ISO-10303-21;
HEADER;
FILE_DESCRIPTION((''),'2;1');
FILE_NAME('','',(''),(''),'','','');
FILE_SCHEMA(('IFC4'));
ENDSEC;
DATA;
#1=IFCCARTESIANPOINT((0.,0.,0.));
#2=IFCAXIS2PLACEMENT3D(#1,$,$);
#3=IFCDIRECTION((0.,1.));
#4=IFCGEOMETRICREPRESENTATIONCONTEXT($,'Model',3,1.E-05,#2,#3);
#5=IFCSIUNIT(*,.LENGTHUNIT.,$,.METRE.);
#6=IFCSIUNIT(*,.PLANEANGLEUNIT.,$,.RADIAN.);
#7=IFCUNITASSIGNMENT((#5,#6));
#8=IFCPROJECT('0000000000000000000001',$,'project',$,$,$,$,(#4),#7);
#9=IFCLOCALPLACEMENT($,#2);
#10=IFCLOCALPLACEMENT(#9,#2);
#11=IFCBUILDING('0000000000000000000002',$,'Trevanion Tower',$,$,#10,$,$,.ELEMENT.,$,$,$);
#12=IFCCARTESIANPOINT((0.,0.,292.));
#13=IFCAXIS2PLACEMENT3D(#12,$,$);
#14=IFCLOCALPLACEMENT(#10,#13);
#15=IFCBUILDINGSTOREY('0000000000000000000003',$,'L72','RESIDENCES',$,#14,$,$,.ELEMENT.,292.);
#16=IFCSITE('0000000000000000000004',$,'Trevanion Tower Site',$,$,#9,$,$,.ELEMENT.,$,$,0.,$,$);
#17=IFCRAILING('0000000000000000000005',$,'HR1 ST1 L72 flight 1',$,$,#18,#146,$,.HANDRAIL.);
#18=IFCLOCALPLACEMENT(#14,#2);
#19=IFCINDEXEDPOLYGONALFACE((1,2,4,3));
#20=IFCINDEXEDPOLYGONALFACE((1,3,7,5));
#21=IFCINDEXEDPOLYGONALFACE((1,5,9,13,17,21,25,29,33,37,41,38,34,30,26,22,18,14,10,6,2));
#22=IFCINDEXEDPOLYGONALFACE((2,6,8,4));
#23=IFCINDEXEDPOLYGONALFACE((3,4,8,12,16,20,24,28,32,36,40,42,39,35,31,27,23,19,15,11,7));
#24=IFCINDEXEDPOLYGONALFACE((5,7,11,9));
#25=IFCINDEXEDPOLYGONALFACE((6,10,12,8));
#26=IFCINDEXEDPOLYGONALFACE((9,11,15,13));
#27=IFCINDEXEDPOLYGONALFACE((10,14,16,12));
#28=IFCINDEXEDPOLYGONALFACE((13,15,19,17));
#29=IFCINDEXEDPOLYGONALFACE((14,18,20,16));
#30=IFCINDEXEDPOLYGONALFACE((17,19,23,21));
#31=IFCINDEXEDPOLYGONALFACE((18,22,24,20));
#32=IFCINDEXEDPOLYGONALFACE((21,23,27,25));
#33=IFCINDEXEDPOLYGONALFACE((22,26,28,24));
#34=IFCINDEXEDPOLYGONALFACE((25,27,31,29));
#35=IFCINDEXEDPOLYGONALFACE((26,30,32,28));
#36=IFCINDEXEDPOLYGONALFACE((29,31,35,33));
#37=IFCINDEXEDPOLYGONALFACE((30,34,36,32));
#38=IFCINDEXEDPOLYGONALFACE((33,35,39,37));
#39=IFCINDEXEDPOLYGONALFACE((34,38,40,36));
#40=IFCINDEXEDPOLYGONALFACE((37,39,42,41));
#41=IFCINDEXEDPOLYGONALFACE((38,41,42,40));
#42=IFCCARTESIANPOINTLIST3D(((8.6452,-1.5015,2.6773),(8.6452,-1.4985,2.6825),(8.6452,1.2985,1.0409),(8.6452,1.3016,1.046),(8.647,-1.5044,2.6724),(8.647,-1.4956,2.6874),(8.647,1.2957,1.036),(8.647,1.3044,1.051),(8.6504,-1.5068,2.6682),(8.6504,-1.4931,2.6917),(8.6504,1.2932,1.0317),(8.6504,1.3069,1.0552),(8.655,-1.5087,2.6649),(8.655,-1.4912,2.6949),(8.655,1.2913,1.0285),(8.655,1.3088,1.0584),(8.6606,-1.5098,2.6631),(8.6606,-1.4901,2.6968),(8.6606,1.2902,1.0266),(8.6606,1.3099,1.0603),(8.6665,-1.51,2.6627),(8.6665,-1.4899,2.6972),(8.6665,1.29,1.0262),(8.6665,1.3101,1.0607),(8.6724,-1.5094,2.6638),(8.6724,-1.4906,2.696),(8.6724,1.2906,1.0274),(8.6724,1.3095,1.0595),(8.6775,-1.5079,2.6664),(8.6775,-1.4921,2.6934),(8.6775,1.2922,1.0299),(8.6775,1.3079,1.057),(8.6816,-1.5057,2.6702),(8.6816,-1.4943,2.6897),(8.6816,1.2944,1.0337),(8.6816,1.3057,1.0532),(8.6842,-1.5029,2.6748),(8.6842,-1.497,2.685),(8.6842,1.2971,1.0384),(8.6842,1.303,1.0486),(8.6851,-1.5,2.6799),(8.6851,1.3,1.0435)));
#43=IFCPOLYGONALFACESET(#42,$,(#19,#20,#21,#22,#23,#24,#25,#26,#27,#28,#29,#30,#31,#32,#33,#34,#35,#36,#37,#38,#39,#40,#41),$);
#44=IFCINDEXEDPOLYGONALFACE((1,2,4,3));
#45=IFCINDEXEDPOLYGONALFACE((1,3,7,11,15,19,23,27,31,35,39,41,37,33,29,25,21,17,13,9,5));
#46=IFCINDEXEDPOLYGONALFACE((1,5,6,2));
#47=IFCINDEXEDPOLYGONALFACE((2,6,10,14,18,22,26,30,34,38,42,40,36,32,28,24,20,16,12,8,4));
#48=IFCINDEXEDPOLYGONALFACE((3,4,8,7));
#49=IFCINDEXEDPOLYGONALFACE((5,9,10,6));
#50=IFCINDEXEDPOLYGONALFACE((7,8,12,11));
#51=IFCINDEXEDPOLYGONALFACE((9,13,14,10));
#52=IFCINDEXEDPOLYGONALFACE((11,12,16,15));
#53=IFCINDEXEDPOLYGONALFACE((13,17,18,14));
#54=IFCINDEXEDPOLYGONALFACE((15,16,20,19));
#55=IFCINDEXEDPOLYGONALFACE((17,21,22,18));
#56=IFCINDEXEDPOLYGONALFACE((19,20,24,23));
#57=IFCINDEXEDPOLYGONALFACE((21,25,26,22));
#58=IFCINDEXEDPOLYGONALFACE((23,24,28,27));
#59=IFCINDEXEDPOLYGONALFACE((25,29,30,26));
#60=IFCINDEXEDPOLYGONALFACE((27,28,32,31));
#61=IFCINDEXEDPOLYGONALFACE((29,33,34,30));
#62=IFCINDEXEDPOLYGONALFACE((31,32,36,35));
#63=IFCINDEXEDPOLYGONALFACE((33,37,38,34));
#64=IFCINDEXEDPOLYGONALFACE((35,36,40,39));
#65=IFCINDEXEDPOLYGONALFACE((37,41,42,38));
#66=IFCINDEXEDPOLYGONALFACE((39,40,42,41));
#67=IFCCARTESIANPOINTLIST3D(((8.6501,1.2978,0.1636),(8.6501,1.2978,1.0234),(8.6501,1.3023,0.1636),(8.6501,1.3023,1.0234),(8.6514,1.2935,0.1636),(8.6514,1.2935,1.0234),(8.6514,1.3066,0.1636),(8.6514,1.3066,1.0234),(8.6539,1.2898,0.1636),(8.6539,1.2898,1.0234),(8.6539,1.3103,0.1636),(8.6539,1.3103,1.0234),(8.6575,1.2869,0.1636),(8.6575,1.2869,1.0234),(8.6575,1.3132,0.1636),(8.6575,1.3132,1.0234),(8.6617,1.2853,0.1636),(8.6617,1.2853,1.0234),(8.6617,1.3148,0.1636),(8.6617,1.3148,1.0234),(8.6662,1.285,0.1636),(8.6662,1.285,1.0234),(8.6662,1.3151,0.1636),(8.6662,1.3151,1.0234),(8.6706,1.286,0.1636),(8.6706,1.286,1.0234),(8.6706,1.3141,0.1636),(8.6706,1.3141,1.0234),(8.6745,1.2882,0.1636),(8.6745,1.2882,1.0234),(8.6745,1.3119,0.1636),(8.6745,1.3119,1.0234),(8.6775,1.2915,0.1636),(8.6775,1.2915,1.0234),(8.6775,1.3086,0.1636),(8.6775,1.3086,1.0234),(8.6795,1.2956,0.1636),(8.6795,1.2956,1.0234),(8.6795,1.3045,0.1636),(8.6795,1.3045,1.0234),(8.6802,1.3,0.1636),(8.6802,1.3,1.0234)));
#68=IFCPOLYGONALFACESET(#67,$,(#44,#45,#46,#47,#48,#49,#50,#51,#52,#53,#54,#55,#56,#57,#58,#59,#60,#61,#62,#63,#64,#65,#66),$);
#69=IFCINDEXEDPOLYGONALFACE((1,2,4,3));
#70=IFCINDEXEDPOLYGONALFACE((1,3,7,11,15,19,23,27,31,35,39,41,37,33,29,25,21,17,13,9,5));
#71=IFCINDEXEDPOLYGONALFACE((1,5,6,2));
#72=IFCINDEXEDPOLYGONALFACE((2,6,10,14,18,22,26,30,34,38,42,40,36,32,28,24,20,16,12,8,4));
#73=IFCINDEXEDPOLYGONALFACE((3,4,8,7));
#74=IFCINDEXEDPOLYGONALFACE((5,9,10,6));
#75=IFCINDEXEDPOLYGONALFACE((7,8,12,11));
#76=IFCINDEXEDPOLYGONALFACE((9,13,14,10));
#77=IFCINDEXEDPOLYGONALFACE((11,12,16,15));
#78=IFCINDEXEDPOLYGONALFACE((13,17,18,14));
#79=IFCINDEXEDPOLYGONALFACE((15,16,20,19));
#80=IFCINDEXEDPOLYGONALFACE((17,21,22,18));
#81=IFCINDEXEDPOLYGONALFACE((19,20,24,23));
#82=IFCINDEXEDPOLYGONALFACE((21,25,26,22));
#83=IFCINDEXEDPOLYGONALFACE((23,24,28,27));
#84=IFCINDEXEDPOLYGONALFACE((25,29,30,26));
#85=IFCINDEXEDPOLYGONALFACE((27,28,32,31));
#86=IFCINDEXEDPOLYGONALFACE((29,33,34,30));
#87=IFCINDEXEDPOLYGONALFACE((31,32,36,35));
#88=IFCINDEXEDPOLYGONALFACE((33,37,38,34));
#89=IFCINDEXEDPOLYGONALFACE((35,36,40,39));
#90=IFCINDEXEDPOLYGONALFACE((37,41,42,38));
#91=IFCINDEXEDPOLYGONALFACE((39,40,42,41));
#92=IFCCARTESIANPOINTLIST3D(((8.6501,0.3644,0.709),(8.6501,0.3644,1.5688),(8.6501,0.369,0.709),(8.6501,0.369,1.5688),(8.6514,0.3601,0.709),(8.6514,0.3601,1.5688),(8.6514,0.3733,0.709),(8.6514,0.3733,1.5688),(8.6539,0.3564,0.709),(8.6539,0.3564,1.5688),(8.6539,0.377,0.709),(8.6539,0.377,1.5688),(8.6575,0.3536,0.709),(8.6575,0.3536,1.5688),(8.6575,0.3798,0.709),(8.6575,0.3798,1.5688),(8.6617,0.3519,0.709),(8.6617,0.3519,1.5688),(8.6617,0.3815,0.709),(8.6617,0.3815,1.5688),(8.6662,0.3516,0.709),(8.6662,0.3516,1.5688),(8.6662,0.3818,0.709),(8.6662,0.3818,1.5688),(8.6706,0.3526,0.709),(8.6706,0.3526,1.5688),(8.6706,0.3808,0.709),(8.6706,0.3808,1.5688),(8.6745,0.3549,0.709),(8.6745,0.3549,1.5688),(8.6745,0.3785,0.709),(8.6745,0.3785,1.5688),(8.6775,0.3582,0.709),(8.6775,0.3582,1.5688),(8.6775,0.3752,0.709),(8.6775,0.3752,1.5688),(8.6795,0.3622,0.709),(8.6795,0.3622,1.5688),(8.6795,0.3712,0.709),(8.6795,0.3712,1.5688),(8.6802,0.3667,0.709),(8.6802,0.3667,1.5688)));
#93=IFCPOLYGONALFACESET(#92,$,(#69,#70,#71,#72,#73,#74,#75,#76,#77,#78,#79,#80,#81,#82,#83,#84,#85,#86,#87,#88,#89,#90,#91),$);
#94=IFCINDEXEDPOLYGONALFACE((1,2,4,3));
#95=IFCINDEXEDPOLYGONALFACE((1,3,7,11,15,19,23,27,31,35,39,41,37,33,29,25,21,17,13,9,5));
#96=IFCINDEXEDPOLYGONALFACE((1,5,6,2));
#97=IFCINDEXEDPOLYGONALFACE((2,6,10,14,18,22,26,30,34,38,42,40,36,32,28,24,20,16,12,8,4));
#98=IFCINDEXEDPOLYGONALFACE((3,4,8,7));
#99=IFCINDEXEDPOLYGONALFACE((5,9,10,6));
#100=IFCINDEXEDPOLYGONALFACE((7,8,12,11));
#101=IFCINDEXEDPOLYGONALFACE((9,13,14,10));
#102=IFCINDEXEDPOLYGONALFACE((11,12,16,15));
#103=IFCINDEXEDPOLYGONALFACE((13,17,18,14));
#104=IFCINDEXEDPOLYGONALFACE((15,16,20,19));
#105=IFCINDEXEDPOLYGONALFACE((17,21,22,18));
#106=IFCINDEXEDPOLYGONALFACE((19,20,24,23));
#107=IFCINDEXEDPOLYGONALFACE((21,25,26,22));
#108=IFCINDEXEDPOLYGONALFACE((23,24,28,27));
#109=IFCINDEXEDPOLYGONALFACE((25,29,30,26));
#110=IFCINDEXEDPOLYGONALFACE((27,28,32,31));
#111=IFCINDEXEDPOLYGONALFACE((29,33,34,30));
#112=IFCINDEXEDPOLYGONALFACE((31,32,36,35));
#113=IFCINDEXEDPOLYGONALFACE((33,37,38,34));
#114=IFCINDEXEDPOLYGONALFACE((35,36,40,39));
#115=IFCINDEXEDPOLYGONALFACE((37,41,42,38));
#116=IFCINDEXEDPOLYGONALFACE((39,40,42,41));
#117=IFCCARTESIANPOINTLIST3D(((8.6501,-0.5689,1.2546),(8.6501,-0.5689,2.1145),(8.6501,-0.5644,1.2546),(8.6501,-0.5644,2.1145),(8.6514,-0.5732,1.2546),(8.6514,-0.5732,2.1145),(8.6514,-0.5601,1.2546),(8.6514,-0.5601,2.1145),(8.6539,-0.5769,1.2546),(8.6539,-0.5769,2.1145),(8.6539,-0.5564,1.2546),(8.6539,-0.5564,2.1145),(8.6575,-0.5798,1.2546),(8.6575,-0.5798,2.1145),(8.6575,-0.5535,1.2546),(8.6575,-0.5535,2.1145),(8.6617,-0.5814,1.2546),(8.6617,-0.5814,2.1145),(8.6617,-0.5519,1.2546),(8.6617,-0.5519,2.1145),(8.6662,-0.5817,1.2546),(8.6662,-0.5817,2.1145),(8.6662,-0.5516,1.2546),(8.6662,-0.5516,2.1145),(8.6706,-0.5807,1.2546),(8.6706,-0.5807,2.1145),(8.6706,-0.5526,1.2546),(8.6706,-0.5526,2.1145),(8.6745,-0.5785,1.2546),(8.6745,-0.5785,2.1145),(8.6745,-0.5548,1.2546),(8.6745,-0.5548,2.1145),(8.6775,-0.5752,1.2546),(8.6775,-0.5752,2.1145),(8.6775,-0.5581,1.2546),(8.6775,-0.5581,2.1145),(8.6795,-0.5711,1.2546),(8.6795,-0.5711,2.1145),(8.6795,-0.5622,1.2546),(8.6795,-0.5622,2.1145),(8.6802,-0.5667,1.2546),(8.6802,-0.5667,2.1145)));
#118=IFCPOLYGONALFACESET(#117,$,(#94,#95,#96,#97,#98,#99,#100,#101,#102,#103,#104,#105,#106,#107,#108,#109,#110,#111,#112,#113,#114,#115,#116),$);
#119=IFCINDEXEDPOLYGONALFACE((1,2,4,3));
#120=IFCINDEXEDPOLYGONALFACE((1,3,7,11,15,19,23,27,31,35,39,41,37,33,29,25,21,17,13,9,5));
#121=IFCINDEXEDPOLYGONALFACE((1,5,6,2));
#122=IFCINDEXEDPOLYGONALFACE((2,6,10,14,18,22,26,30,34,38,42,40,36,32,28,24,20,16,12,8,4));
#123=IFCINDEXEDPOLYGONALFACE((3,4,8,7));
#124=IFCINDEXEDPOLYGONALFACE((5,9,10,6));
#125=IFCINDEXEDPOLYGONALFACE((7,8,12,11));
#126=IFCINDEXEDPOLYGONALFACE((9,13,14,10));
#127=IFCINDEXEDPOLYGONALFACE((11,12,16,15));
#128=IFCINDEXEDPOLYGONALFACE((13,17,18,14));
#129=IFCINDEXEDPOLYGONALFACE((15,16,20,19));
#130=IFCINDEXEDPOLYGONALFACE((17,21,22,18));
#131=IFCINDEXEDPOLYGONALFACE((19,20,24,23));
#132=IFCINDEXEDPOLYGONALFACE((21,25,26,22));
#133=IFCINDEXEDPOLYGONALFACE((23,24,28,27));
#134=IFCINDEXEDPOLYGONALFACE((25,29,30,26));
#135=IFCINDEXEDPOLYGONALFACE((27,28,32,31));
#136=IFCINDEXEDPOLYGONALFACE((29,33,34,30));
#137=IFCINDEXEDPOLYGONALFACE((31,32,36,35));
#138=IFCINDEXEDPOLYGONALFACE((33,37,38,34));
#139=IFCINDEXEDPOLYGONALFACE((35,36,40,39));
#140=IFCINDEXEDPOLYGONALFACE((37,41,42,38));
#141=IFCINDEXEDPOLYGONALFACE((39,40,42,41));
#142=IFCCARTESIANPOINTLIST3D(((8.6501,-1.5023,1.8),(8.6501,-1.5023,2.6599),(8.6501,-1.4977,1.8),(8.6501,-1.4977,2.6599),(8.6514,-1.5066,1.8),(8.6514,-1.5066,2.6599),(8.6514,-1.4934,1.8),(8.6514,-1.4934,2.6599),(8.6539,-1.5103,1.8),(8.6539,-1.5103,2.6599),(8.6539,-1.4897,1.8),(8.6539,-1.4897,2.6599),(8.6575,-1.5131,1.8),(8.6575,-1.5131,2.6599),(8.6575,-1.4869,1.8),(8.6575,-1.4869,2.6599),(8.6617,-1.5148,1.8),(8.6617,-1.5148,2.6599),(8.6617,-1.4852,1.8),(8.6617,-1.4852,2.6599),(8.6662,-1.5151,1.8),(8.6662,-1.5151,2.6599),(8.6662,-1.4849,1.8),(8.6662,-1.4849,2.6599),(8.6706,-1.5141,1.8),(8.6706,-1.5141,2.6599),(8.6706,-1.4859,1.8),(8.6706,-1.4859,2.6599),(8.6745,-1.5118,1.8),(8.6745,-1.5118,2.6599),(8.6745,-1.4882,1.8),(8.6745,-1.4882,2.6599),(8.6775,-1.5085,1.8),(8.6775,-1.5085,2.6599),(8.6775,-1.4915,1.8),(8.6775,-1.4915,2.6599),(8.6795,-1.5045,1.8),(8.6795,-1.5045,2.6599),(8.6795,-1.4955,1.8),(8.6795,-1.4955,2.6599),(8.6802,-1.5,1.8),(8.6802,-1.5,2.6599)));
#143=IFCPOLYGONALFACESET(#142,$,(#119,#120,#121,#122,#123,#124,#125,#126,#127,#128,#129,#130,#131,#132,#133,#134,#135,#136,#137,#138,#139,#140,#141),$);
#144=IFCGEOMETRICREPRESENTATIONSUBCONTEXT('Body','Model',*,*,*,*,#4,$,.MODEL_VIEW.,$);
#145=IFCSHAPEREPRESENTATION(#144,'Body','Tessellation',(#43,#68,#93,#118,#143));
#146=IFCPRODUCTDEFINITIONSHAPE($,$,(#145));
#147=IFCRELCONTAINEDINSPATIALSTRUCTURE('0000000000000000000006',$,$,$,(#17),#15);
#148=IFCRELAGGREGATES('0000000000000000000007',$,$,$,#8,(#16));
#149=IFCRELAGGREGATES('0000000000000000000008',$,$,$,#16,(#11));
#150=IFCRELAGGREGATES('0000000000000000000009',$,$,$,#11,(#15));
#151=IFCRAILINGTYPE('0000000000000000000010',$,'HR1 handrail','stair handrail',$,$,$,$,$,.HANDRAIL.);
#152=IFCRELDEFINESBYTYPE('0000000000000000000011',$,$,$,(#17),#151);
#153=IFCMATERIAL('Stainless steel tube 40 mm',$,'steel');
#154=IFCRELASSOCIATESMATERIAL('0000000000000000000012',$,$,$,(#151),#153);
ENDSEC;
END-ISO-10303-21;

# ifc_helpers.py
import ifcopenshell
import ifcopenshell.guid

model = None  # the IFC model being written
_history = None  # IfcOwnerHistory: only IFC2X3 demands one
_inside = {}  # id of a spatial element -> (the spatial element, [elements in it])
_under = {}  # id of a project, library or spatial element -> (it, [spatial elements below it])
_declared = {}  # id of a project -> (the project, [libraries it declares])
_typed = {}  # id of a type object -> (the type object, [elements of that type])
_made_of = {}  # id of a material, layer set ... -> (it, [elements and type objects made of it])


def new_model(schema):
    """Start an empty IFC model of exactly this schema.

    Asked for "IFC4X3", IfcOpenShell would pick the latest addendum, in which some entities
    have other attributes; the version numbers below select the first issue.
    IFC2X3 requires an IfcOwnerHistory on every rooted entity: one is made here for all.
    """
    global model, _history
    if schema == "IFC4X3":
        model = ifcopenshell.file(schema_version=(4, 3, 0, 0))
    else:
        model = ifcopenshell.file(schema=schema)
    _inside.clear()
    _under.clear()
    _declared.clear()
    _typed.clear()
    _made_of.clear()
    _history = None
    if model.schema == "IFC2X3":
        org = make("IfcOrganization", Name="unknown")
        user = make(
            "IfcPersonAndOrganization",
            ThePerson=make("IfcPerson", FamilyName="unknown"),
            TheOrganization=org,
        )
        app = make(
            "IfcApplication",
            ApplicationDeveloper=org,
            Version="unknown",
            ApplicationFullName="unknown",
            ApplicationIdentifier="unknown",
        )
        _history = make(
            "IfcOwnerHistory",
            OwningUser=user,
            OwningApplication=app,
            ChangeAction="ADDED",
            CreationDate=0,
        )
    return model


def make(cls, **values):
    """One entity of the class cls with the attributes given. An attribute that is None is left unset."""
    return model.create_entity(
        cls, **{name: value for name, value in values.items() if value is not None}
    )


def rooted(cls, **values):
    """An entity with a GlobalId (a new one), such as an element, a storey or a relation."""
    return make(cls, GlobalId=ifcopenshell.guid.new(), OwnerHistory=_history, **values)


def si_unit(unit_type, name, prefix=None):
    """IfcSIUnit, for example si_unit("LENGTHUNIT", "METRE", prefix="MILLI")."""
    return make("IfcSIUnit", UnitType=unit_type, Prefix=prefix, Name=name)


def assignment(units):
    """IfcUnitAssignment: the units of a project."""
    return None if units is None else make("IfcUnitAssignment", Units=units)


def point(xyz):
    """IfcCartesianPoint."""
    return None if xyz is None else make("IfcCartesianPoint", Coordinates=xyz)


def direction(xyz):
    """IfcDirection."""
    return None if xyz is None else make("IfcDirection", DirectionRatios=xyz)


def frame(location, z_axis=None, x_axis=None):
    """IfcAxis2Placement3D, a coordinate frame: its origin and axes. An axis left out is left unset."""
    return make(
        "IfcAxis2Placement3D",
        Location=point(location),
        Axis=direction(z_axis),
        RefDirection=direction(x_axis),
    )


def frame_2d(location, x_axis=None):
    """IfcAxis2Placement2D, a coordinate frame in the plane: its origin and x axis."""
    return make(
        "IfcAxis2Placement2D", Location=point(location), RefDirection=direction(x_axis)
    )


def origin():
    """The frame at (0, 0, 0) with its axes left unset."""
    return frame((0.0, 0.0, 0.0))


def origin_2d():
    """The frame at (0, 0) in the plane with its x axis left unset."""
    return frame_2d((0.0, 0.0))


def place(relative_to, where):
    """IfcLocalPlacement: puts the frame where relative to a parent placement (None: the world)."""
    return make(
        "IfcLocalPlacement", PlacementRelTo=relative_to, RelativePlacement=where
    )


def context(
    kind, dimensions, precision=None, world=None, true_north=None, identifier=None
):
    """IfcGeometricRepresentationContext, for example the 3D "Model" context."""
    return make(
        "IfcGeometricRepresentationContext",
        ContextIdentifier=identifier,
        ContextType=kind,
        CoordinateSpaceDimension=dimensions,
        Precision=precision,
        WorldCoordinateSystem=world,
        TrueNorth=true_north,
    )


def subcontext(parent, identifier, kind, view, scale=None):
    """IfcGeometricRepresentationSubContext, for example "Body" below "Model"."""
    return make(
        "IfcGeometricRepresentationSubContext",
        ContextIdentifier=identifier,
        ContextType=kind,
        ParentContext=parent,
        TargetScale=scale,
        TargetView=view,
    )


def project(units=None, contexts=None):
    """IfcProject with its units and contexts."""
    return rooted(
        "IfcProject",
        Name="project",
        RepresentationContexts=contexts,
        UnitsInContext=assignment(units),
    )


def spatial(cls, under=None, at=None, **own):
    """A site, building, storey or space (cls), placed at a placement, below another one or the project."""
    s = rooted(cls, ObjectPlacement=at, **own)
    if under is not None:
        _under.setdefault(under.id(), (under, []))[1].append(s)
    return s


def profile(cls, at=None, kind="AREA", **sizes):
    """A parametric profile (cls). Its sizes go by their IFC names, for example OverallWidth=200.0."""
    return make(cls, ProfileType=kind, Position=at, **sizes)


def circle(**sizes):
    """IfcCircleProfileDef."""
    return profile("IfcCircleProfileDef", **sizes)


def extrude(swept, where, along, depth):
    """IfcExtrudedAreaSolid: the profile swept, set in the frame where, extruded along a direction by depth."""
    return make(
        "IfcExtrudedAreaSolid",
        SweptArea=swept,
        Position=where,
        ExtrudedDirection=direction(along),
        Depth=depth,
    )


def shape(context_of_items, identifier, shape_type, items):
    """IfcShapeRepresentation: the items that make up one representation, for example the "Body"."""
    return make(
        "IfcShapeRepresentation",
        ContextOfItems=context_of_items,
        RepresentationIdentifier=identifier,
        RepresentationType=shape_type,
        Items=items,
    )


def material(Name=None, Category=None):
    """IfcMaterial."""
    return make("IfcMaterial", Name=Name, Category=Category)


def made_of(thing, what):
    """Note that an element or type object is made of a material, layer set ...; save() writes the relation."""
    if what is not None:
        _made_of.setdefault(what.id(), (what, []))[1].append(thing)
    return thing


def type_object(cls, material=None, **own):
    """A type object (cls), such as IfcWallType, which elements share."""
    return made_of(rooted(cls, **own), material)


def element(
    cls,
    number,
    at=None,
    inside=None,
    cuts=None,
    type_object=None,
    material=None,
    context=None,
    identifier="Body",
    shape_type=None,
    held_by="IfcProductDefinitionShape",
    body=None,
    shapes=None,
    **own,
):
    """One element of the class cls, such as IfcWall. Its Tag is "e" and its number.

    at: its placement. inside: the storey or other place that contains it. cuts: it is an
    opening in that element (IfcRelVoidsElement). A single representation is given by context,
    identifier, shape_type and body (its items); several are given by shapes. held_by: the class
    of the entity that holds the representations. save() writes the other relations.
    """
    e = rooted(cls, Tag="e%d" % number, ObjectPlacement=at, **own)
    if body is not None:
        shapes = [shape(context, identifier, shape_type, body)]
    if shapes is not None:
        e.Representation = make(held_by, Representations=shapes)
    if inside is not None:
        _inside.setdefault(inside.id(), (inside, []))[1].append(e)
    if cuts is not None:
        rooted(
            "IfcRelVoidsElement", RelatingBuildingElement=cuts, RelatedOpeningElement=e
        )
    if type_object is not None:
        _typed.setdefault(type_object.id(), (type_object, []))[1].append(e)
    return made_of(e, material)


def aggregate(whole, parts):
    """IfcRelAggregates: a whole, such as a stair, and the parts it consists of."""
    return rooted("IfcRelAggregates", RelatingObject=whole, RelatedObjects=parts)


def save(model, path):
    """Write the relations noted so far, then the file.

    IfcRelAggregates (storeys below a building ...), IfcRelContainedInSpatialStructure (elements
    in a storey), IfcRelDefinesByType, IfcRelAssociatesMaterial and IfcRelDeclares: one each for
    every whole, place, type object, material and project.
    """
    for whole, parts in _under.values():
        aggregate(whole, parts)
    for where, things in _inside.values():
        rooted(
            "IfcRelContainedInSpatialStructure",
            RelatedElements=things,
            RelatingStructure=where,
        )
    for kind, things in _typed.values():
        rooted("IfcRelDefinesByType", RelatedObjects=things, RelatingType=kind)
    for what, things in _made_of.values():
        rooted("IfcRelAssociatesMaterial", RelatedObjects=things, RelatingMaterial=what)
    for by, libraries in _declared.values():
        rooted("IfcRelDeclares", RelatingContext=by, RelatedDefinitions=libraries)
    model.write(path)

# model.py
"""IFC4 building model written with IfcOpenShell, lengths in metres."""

from ifc_helpers import new_model, si_unit, direction, frame, origin, origin_2d, place, context, subcontext, project, spatial, circle, extrude, material, type_object, element, save


model = new_model("IFC4")

# Units and contexts
model_context = context("Model", 3, precision=1e-05, world=origin(), true_north=direction((0.0, 1.0)))
body_context = subcontext(model_context, "Body", "Model", "MODEL_VIEW")
ifc_project = project(units=[si_unit("LENGTHUNIT", "METRE"), si_unit("PLANEANGLEUNIT", "RADIAN")], contexts=[model_context])

# Site, building, storey
site_placement = place(None, origin())
site = spatial("IfcSite", under=ifc_project, at=site_placement, Name="Trevanion Tower Site", CompositionType="ELEMENT", RefElevation=0.0)
building_placement = place(site_placement, origin())
building = spatial("IfcBuilding", under=site, at=building_placement, Name="Trevanion Tower", CompositionType="ELEMENT")
storey_placement = place(building_placement, frame((0.0, 0.0, 292.0)))
storey = spatial("IfcBuildingStorey", under=building, at=storey_placement, Name="L72", Description="RESIDENCES", CompositionType="ELEMENT", Elevation=292.0)

# Railing
ifc_material_1 = material(Name="Stainless steel tube 40 mm", Category="steel")
railing_type = type_object("IfcRailingType", Name="HR1 handrail", Description="stair handrail", PredefinedType="HANDRAIL", material=ifc_material_1)
for number, where, name in (
    (1, (8.665, 1.3, 0.1636), "HR1 ST1 L72 flight 1"),
):
    element("IfcRailing", number, at=place(storey_placement, frame(where)), inside=storey, type_object=railing_type, Name=name, PredefinedType="HANDRAIL", context=body_context, shape_type="SweptSolid", body=[
        extrude(circle(Radius=0.02, at=origin_2d()), frame((0.0, 0.0, 0.8799), z_axis=(0.0, -0.863361, 0.504587), x_axis=(1.0, 0.0, 0.0)), (0.0, 0.0, 1.0), 3.2432),
        extrude(circle(Radius=0.0151, at=origin_2d()), origin(), (0.0, 0.0, 1.0), 0.8599),
        extrude(circle(Radius=0.0151, at=origin_2d()), frame((0.0, -0.9333, 0.5454)), (0.0, 0.0, 1.0), 0.8599),
        extrude(circle(Radius=0.0151, at=origin_2d()), frame((0.0, -1.8667, 1.0911)), (0.0, 0.0, 1.0), 0.8599),
        extrude(circle(Radius=0.0151, at=origin_2d()), frame((0.0, -2.8, 1.6365)), (0.0, 0.0, 1.0), 0.8599),
    ])

save(model, "model.ifc")
